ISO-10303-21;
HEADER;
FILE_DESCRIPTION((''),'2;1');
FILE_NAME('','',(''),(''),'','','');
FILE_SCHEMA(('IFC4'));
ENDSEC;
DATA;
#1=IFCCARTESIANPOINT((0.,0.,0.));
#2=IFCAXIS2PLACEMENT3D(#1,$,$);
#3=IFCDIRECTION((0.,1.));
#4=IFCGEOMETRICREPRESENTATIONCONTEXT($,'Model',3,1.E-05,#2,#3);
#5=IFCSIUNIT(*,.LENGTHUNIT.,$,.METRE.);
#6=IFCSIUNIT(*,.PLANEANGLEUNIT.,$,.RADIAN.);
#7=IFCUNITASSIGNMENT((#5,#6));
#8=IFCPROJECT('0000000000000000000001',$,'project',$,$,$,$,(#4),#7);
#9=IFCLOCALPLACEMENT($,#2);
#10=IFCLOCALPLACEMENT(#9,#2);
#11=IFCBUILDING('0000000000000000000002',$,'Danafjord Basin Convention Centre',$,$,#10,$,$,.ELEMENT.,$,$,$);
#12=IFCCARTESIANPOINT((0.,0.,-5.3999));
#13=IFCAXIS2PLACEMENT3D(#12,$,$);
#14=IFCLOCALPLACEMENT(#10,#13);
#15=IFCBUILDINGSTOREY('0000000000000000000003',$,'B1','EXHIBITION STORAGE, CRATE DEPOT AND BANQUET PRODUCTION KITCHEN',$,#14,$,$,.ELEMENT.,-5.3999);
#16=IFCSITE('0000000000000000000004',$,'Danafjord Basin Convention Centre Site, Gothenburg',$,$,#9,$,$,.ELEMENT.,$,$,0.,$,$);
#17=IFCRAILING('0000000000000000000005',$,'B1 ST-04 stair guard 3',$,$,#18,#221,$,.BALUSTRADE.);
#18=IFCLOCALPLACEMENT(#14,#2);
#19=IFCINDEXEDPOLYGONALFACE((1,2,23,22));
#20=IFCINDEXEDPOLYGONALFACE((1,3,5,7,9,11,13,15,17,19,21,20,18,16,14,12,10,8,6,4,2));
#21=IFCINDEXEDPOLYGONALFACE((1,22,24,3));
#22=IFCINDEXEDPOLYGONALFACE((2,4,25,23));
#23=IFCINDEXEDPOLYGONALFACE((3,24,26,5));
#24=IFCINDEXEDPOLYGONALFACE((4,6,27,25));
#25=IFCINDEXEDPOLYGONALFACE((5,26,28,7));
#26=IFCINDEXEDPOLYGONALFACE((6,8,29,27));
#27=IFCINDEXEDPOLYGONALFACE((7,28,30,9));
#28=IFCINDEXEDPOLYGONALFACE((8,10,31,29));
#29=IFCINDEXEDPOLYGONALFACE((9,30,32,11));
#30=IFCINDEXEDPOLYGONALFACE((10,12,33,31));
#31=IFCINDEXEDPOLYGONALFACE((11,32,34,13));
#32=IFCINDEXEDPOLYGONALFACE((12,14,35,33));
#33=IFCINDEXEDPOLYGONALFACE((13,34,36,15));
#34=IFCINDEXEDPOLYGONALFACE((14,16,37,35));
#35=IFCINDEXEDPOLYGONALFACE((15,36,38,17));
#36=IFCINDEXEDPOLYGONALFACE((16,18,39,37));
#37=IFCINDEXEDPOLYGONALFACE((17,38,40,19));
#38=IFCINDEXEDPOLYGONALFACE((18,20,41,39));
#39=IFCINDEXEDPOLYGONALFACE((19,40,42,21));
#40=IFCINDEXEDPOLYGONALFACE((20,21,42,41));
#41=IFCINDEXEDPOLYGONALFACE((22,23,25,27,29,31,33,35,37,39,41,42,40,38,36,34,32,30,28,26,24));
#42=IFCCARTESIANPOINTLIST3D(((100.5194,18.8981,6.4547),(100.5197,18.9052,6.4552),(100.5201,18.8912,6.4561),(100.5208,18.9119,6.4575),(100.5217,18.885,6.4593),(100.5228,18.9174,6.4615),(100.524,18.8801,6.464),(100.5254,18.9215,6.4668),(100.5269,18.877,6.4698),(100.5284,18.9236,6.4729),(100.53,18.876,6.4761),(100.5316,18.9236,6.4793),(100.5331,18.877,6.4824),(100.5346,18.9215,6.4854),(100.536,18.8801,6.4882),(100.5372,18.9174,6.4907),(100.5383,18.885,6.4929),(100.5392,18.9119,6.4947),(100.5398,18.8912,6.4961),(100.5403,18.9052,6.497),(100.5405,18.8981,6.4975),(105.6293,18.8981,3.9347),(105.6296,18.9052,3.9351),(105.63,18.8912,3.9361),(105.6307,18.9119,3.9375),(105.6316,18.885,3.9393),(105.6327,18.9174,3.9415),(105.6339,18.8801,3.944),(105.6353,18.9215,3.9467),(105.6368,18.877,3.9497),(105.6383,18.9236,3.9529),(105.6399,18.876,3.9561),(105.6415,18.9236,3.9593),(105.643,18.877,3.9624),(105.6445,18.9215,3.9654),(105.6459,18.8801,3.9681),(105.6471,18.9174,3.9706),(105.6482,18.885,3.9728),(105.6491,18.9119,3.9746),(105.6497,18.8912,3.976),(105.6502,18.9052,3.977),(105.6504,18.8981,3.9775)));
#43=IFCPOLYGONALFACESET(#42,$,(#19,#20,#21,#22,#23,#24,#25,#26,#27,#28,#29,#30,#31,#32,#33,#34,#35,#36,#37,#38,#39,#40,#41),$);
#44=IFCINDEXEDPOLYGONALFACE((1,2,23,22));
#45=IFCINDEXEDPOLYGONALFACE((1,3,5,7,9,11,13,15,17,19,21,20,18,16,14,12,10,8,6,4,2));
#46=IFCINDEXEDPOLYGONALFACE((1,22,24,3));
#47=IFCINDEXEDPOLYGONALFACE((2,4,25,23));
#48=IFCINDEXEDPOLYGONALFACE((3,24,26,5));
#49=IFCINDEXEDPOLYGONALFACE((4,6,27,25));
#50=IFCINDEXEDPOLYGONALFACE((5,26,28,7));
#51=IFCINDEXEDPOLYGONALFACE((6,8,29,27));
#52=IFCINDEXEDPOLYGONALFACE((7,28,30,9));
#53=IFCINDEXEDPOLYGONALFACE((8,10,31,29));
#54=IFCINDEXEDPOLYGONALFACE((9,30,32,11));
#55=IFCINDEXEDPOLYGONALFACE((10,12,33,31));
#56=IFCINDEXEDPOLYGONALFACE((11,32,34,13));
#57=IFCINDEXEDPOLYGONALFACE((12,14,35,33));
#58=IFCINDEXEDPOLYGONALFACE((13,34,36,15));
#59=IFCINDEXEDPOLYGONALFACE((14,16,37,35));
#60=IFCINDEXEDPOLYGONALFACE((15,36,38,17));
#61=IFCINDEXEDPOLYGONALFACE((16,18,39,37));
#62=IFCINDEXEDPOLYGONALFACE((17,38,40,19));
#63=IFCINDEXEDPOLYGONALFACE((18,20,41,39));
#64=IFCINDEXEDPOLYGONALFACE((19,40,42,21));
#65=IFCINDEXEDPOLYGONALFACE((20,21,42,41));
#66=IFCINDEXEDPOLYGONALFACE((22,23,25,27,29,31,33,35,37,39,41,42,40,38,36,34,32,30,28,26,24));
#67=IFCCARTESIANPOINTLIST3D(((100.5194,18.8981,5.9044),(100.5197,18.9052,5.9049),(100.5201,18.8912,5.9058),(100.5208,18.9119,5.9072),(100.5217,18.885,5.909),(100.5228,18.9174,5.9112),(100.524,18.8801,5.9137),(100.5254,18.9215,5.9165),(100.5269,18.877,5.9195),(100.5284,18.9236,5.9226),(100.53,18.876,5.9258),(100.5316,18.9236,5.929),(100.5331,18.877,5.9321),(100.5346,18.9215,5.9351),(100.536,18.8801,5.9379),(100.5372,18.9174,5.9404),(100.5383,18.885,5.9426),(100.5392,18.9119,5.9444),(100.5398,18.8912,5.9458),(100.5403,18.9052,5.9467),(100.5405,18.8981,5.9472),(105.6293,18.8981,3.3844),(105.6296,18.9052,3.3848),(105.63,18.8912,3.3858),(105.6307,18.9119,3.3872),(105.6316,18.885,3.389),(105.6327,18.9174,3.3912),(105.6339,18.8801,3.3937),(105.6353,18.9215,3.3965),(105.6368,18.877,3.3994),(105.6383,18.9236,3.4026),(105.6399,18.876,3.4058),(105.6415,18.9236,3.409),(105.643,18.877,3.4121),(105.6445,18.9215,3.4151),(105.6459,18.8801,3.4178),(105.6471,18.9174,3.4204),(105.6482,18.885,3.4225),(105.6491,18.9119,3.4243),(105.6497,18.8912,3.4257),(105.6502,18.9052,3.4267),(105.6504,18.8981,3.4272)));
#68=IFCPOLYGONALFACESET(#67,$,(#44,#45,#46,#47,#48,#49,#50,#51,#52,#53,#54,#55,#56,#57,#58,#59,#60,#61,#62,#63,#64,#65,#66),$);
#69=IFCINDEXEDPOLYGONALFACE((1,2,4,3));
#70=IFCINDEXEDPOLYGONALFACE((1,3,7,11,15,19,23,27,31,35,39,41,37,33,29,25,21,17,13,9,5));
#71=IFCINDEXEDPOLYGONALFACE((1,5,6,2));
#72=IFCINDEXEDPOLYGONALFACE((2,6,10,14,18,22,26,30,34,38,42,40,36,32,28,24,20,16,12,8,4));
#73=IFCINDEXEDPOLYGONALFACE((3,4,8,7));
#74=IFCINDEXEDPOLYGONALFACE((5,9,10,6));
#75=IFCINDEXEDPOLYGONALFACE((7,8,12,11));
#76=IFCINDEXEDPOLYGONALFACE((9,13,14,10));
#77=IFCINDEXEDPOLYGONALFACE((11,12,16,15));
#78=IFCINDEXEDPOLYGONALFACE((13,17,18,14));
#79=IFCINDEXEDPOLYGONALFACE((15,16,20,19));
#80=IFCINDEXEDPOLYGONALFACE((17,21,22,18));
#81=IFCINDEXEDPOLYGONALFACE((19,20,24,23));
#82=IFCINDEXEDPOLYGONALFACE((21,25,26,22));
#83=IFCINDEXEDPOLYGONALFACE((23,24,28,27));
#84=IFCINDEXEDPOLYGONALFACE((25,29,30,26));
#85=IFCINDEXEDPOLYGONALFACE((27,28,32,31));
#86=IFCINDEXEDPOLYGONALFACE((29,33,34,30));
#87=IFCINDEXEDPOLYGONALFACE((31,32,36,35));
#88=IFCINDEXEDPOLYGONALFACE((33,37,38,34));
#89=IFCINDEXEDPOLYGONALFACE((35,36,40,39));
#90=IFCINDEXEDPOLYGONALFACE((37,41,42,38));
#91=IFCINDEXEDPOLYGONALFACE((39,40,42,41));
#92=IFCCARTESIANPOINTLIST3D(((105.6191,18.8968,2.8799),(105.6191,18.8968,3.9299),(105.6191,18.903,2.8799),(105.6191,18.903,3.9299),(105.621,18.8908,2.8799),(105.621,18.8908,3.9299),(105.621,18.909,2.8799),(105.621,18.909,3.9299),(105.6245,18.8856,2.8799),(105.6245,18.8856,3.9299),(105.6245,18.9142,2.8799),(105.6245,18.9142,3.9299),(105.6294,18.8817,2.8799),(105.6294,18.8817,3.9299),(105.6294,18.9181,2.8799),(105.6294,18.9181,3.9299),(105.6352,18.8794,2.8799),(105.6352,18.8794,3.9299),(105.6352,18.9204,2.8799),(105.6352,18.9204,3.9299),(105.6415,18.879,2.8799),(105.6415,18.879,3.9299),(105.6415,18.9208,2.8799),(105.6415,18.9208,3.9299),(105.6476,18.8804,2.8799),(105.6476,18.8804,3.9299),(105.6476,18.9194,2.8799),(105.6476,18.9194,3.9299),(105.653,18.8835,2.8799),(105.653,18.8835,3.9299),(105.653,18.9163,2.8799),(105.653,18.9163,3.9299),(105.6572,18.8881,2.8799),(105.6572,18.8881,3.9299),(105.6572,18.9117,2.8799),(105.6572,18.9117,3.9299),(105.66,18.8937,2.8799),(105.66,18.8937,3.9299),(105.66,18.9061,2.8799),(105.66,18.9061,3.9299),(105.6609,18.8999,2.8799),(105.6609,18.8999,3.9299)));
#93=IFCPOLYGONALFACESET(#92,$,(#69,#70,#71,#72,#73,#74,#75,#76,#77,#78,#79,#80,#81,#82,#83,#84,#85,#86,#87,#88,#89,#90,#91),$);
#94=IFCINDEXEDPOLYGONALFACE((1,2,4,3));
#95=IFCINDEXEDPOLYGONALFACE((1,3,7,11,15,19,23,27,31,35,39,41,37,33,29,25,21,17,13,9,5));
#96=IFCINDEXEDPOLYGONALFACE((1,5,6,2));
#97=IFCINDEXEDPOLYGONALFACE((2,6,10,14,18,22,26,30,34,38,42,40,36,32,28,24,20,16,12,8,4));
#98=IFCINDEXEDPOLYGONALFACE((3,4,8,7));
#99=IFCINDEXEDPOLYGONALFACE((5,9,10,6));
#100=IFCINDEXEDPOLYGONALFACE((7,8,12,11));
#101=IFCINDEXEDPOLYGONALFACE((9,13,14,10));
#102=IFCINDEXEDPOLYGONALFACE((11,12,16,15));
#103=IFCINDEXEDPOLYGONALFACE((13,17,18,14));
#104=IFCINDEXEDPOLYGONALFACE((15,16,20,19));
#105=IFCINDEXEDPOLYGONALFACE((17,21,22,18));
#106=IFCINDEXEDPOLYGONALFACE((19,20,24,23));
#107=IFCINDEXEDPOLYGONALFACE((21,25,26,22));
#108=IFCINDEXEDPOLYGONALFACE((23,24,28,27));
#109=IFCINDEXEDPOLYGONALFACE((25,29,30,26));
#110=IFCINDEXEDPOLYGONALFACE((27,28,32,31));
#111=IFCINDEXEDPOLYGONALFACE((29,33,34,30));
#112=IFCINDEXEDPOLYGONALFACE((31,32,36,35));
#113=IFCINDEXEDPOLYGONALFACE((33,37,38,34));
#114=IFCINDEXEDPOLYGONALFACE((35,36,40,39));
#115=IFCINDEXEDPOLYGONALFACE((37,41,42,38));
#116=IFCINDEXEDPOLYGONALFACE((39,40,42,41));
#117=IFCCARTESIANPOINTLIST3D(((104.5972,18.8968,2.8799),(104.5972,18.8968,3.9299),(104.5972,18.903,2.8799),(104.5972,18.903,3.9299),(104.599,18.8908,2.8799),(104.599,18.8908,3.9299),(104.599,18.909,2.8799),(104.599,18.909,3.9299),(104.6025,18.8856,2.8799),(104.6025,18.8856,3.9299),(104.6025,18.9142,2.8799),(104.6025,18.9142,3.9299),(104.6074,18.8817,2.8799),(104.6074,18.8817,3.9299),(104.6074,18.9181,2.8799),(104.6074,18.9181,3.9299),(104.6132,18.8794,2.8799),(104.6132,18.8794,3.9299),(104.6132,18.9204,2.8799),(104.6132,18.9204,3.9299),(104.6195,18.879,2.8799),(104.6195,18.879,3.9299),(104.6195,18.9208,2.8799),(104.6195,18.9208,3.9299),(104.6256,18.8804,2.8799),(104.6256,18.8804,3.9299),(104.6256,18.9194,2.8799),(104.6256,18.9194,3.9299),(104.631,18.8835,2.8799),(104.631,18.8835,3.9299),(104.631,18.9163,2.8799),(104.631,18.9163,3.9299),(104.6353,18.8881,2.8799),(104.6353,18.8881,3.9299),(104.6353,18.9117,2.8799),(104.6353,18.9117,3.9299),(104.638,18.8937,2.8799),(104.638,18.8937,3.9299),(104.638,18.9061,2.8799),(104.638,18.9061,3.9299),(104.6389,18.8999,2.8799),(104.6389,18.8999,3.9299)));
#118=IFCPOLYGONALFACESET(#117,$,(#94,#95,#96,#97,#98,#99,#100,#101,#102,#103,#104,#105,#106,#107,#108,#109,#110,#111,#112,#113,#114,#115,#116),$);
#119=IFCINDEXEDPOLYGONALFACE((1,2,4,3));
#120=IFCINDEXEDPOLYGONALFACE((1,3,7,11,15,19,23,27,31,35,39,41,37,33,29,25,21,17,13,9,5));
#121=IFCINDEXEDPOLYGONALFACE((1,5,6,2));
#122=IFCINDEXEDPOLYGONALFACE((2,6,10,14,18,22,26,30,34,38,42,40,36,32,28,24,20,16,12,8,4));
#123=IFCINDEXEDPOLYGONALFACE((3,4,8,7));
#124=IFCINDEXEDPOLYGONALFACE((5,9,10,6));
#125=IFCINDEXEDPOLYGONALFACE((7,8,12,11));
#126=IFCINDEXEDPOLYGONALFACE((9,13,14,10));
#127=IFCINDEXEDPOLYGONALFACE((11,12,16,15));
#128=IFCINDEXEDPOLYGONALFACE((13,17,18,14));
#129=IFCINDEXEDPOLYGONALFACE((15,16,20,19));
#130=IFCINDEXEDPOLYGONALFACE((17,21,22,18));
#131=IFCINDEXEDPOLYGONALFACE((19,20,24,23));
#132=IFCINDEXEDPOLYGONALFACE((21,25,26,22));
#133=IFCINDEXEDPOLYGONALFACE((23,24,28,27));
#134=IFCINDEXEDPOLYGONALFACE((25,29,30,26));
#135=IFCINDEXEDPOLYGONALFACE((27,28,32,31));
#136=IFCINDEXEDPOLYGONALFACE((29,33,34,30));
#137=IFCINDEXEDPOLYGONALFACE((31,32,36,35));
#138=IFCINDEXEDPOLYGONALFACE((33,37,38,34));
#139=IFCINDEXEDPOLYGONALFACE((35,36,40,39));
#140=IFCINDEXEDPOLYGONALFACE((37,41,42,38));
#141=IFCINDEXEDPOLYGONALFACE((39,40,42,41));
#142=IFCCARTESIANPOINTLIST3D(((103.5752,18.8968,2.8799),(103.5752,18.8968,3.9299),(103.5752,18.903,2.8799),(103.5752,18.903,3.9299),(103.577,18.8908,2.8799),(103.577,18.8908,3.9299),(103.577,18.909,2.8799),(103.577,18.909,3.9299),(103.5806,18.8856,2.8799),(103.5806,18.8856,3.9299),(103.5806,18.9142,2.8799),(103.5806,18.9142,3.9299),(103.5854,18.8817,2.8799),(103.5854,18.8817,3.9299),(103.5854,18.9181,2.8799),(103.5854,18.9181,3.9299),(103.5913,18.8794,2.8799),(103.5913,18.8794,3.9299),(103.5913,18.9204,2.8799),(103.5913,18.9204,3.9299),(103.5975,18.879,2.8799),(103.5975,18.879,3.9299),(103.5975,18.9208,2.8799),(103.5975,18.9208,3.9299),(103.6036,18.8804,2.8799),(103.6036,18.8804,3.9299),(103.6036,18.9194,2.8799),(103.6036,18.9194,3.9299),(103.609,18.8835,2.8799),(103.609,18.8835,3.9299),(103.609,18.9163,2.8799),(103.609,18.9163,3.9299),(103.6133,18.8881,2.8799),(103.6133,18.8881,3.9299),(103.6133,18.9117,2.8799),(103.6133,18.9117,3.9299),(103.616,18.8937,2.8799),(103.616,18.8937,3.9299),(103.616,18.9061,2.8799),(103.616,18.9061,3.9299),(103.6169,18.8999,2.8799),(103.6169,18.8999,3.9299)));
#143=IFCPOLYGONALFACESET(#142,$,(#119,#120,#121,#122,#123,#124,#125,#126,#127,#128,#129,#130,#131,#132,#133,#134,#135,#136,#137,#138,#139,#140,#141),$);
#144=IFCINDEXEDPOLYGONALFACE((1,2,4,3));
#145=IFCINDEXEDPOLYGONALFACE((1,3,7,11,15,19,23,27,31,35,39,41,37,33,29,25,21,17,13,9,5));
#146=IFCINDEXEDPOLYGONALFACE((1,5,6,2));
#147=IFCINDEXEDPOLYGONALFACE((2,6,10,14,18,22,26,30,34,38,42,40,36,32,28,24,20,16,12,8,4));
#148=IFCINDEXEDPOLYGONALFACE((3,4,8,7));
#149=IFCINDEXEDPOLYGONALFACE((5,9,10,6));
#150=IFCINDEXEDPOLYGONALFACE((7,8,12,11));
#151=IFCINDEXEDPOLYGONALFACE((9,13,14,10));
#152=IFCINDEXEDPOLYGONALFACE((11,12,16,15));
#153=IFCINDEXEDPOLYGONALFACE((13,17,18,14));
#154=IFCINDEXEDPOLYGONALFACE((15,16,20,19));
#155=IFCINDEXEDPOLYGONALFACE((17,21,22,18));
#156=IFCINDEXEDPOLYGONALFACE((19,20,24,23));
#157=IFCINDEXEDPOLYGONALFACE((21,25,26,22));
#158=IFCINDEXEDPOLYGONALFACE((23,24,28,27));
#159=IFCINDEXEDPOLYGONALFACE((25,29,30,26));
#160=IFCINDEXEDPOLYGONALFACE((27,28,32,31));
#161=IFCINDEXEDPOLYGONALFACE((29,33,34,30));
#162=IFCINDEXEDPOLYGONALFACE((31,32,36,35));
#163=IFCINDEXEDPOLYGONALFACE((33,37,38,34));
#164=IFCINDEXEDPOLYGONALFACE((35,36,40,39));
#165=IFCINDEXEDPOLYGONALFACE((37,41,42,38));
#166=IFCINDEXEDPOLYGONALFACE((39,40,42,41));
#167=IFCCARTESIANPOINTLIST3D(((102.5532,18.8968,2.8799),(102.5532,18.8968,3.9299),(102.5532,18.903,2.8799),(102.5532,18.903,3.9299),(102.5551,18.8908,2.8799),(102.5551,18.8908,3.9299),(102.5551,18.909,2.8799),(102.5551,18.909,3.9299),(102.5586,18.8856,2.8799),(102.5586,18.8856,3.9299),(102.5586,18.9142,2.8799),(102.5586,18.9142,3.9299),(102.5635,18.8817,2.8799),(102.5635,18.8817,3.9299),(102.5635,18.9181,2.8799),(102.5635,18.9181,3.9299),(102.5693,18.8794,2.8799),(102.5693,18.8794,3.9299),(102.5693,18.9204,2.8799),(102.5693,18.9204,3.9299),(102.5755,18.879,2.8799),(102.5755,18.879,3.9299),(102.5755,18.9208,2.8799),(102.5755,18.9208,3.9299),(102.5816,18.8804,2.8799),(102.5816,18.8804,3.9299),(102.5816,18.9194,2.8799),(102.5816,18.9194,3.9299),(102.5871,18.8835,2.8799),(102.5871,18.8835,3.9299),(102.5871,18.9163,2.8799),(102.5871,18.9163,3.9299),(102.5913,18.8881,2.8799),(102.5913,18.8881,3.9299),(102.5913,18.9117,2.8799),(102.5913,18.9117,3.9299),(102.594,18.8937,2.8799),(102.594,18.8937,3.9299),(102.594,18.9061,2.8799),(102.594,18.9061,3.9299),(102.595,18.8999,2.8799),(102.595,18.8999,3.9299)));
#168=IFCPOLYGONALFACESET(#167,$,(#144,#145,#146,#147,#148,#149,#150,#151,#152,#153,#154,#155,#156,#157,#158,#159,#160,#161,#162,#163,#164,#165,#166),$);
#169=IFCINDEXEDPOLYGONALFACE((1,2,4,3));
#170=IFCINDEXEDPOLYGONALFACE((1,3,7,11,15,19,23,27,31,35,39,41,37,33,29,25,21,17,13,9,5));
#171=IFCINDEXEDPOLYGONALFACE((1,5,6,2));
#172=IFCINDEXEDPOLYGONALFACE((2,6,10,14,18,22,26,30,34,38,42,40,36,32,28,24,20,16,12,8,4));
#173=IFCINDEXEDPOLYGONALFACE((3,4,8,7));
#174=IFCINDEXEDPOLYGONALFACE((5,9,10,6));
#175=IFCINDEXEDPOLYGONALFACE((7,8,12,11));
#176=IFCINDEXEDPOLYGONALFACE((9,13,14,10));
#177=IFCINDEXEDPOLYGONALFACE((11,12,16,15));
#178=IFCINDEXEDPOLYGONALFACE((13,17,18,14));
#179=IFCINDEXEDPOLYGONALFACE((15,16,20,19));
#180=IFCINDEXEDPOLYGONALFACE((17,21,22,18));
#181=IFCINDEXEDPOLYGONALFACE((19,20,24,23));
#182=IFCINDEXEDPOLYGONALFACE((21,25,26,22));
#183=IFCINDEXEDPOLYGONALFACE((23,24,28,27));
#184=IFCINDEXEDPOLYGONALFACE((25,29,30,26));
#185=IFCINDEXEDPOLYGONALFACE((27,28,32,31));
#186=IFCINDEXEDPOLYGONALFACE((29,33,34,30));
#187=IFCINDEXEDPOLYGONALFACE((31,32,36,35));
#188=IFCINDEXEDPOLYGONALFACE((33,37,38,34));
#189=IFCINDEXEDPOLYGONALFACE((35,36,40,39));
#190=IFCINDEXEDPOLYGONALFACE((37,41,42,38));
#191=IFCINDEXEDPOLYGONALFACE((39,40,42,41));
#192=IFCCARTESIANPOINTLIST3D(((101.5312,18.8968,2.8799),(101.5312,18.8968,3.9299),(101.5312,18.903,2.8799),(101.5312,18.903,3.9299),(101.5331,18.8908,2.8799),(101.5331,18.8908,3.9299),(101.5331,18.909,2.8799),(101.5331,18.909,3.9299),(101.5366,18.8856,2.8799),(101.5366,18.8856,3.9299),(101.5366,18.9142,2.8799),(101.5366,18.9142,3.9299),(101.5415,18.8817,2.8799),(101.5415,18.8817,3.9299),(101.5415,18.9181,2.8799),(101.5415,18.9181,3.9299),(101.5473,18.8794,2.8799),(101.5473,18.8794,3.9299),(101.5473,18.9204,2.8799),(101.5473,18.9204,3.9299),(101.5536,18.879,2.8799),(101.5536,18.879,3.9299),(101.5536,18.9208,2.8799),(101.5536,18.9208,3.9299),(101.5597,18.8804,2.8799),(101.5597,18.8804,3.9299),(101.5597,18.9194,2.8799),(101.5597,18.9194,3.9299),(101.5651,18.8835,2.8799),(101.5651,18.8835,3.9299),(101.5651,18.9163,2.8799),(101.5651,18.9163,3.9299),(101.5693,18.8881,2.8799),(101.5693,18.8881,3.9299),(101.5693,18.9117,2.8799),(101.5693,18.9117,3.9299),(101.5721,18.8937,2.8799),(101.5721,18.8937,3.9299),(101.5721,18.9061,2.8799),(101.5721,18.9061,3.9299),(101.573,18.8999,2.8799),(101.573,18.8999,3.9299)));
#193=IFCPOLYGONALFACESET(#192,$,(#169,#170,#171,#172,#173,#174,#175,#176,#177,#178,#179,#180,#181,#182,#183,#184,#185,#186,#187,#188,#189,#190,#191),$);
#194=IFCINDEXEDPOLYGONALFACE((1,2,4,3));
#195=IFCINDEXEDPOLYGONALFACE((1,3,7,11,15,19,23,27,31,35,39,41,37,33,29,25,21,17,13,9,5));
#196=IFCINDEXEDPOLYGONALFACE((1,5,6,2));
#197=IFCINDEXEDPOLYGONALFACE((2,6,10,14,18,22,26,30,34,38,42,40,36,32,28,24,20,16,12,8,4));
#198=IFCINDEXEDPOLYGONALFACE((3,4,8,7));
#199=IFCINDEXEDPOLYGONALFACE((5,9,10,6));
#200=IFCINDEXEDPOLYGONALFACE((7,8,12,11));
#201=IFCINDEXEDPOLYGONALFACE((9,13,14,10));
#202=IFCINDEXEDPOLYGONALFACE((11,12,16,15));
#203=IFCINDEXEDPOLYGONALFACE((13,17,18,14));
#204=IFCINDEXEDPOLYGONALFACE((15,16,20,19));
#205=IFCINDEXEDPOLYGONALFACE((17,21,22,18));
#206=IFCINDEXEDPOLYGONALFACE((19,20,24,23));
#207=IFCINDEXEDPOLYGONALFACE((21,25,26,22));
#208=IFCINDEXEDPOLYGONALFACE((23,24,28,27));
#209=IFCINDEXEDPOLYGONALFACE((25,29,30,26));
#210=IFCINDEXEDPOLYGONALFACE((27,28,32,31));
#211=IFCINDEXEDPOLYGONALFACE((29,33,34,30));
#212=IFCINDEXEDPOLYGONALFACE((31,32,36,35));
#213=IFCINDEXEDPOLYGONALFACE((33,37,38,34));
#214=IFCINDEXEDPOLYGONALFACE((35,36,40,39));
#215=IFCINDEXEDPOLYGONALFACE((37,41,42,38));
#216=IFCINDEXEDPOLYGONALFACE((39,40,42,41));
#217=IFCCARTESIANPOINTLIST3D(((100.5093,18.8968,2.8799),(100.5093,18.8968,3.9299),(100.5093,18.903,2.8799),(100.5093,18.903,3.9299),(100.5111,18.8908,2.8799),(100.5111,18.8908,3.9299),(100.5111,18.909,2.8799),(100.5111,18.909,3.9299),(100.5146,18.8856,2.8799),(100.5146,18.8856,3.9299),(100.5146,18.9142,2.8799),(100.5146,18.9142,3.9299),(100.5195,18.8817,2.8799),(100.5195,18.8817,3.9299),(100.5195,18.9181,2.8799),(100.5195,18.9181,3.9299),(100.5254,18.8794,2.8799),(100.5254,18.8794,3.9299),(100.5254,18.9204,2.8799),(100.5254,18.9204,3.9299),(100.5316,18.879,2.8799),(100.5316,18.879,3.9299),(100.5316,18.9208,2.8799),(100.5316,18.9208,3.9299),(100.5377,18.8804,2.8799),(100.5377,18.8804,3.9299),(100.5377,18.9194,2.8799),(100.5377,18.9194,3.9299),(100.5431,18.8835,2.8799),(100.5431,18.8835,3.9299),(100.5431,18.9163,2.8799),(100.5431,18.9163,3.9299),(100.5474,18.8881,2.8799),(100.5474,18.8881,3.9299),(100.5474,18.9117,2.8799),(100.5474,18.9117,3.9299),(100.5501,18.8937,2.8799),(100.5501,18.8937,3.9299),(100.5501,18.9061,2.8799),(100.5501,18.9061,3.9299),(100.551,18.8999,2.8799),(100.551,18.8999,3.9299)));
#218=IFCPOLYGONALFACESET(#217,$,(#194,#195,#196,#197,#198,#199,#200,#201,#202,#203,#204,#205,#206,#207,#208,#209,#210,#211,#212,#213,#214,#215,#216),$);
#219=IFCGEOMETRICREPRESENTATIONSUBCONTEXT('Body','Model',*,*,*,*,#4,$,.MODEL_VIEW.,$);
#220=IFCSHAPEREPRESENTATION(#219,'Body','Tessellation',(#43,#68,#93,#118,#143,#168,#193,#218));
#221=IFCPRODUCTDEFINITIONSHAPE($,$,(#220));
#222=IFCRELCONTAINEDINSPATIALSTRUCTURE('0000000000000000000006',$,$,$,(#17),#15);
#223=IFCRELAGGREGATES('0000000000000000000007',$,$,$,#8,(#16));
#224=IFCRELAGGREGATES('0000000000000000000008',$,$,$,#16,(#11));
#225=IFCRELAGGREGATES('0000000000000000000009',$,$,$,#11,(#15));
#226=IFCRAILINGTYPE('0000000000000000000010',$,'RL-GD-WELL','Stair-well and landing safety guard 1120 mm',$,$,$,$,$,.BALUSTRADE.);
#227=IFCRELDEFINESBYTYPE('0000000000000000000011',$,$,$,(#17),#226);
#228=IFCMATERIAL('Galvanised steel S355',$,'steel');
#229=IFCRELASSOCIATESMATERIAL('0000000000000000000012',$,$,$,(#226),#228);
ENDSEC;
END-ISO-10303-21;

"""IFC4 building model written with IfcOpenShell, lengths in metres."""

from ifc_helpers import new_model, si_unit, direction, frame, origin, origin_2d, place, context, subcontext, project, spatial, circle, extrude, material, type_object, element, save


model = new_model("IFC4")

# Units and contexts
model_context = context("Model", 3, precision=1e-05, world=origin(), true_north=direction((0.0, 1.0)))
body_context = subcontext(model_context, "Body", "Model", "MODEL_VIEW")
ifc_project = project(units=[si_unit("LENGTHUNIT", "METRE"), si_unit("PLANEANGLEUNIT", "RADIAN")], contexts=[model_context])

# Site, building, storey
site_placement = place(None, origin())
site = spatial("IfcSite", under=ifc_project, at=site_placement, Name="Danafjord Basin Convention Centre Site, Gothenburg", CompositionType="ELEMENT", RefElevation=0.0)
building_placement = place(site_placement, origin())
building = spatial("IfcBuilding", under=site, at=building_placement, Name="Danafjord Basin Convention Centre", CompositionType="ELEMENT")
storey_placement = place(building_placement, frame((0.0, 0.0, -5.3999)))
storey = spatial("IfcBuildingStorey", under=building, at=storey_placement, Name="B1", Description="EXHIBITION STORAGE, CRATE DEPOT AND BANQUET PRODUCTION KITCHEN", CompositionType="ELEMENT", Elevation=-5.3999)

# Railing
ifc_material_1 = material(Name="Galvanised steel S355", Category="steel")
railing_type_1 = type_object("IfcRailingType", Name="RL-GD-WELL", Description="Stair-well and landing safety guard 1120 mm", PredefinedType="BALUSTRADE", material=ifc_material_1)
railing_1_placement = place(storey_placement, frame((105.6399, 18.8999, 2.8799)))
element("IfcRailing", 1, at=railing_1_placement, inside=storey, type_object=railing_type_1, Name="B1 ST-04 stair guard 3", PredefinedType="BALUSTRADE", context=body_context, shape_type="SweptSolid", body=[
    extrude(circle(Radius=0.0239, at=origin_2d()), frame((0.0, 0.0, 1.0762), z_axis=(-0.896865, 0.0, 0.442305), x_axis=(0.0, -1.0, 0.0)), (0.0, 0.0, 1.0), 5.6975),
    extrude(circle(Radius=0.0239, at=origin_2d()), frame((0.0, 0.0, 0.5259), z_axis=(-0.896865, 0.0, 0.442305), x_axis=(0.0, -1.0, 0.0)), (0.0, 0.0, 1.0), 5.6975),
    extrude(circle(Radius=0.021, at=origin_2d()), origin(), (0.0, 0.0, 1.0), 1.05),
    extrude(circle(Radius=0.021, at=origin_2d()), frame((-1.022, 0.0, 0.0)), (0.0, 0.0, 1.0), 1.05),
    extrude(circle(Radius=0.021, at=origin_2d()), frame((-2.0439, 0.0, 0.0)), (0.0, 0.0, 1.0), 1.05),
    extrude(circle(Radius=0.021, at=origin_2d()), frame((-3.0659, 0.0, 0.0)), (0.0, 0.0, 1.0), 1.05),
    extrude(circle(Radius=0.021, at=origin_2d()), frame((-4.0879, 0.0, 0.0)), (0.0, 0.0, 1.0), 1.05),
    extrude(circle(Radius=0.021, at=origin_2d()), frame((-5.1099, 0.0, 0.0)), (0.0, 0.0, 1.0), 1.05),
])

save(model, "model.ifc")
